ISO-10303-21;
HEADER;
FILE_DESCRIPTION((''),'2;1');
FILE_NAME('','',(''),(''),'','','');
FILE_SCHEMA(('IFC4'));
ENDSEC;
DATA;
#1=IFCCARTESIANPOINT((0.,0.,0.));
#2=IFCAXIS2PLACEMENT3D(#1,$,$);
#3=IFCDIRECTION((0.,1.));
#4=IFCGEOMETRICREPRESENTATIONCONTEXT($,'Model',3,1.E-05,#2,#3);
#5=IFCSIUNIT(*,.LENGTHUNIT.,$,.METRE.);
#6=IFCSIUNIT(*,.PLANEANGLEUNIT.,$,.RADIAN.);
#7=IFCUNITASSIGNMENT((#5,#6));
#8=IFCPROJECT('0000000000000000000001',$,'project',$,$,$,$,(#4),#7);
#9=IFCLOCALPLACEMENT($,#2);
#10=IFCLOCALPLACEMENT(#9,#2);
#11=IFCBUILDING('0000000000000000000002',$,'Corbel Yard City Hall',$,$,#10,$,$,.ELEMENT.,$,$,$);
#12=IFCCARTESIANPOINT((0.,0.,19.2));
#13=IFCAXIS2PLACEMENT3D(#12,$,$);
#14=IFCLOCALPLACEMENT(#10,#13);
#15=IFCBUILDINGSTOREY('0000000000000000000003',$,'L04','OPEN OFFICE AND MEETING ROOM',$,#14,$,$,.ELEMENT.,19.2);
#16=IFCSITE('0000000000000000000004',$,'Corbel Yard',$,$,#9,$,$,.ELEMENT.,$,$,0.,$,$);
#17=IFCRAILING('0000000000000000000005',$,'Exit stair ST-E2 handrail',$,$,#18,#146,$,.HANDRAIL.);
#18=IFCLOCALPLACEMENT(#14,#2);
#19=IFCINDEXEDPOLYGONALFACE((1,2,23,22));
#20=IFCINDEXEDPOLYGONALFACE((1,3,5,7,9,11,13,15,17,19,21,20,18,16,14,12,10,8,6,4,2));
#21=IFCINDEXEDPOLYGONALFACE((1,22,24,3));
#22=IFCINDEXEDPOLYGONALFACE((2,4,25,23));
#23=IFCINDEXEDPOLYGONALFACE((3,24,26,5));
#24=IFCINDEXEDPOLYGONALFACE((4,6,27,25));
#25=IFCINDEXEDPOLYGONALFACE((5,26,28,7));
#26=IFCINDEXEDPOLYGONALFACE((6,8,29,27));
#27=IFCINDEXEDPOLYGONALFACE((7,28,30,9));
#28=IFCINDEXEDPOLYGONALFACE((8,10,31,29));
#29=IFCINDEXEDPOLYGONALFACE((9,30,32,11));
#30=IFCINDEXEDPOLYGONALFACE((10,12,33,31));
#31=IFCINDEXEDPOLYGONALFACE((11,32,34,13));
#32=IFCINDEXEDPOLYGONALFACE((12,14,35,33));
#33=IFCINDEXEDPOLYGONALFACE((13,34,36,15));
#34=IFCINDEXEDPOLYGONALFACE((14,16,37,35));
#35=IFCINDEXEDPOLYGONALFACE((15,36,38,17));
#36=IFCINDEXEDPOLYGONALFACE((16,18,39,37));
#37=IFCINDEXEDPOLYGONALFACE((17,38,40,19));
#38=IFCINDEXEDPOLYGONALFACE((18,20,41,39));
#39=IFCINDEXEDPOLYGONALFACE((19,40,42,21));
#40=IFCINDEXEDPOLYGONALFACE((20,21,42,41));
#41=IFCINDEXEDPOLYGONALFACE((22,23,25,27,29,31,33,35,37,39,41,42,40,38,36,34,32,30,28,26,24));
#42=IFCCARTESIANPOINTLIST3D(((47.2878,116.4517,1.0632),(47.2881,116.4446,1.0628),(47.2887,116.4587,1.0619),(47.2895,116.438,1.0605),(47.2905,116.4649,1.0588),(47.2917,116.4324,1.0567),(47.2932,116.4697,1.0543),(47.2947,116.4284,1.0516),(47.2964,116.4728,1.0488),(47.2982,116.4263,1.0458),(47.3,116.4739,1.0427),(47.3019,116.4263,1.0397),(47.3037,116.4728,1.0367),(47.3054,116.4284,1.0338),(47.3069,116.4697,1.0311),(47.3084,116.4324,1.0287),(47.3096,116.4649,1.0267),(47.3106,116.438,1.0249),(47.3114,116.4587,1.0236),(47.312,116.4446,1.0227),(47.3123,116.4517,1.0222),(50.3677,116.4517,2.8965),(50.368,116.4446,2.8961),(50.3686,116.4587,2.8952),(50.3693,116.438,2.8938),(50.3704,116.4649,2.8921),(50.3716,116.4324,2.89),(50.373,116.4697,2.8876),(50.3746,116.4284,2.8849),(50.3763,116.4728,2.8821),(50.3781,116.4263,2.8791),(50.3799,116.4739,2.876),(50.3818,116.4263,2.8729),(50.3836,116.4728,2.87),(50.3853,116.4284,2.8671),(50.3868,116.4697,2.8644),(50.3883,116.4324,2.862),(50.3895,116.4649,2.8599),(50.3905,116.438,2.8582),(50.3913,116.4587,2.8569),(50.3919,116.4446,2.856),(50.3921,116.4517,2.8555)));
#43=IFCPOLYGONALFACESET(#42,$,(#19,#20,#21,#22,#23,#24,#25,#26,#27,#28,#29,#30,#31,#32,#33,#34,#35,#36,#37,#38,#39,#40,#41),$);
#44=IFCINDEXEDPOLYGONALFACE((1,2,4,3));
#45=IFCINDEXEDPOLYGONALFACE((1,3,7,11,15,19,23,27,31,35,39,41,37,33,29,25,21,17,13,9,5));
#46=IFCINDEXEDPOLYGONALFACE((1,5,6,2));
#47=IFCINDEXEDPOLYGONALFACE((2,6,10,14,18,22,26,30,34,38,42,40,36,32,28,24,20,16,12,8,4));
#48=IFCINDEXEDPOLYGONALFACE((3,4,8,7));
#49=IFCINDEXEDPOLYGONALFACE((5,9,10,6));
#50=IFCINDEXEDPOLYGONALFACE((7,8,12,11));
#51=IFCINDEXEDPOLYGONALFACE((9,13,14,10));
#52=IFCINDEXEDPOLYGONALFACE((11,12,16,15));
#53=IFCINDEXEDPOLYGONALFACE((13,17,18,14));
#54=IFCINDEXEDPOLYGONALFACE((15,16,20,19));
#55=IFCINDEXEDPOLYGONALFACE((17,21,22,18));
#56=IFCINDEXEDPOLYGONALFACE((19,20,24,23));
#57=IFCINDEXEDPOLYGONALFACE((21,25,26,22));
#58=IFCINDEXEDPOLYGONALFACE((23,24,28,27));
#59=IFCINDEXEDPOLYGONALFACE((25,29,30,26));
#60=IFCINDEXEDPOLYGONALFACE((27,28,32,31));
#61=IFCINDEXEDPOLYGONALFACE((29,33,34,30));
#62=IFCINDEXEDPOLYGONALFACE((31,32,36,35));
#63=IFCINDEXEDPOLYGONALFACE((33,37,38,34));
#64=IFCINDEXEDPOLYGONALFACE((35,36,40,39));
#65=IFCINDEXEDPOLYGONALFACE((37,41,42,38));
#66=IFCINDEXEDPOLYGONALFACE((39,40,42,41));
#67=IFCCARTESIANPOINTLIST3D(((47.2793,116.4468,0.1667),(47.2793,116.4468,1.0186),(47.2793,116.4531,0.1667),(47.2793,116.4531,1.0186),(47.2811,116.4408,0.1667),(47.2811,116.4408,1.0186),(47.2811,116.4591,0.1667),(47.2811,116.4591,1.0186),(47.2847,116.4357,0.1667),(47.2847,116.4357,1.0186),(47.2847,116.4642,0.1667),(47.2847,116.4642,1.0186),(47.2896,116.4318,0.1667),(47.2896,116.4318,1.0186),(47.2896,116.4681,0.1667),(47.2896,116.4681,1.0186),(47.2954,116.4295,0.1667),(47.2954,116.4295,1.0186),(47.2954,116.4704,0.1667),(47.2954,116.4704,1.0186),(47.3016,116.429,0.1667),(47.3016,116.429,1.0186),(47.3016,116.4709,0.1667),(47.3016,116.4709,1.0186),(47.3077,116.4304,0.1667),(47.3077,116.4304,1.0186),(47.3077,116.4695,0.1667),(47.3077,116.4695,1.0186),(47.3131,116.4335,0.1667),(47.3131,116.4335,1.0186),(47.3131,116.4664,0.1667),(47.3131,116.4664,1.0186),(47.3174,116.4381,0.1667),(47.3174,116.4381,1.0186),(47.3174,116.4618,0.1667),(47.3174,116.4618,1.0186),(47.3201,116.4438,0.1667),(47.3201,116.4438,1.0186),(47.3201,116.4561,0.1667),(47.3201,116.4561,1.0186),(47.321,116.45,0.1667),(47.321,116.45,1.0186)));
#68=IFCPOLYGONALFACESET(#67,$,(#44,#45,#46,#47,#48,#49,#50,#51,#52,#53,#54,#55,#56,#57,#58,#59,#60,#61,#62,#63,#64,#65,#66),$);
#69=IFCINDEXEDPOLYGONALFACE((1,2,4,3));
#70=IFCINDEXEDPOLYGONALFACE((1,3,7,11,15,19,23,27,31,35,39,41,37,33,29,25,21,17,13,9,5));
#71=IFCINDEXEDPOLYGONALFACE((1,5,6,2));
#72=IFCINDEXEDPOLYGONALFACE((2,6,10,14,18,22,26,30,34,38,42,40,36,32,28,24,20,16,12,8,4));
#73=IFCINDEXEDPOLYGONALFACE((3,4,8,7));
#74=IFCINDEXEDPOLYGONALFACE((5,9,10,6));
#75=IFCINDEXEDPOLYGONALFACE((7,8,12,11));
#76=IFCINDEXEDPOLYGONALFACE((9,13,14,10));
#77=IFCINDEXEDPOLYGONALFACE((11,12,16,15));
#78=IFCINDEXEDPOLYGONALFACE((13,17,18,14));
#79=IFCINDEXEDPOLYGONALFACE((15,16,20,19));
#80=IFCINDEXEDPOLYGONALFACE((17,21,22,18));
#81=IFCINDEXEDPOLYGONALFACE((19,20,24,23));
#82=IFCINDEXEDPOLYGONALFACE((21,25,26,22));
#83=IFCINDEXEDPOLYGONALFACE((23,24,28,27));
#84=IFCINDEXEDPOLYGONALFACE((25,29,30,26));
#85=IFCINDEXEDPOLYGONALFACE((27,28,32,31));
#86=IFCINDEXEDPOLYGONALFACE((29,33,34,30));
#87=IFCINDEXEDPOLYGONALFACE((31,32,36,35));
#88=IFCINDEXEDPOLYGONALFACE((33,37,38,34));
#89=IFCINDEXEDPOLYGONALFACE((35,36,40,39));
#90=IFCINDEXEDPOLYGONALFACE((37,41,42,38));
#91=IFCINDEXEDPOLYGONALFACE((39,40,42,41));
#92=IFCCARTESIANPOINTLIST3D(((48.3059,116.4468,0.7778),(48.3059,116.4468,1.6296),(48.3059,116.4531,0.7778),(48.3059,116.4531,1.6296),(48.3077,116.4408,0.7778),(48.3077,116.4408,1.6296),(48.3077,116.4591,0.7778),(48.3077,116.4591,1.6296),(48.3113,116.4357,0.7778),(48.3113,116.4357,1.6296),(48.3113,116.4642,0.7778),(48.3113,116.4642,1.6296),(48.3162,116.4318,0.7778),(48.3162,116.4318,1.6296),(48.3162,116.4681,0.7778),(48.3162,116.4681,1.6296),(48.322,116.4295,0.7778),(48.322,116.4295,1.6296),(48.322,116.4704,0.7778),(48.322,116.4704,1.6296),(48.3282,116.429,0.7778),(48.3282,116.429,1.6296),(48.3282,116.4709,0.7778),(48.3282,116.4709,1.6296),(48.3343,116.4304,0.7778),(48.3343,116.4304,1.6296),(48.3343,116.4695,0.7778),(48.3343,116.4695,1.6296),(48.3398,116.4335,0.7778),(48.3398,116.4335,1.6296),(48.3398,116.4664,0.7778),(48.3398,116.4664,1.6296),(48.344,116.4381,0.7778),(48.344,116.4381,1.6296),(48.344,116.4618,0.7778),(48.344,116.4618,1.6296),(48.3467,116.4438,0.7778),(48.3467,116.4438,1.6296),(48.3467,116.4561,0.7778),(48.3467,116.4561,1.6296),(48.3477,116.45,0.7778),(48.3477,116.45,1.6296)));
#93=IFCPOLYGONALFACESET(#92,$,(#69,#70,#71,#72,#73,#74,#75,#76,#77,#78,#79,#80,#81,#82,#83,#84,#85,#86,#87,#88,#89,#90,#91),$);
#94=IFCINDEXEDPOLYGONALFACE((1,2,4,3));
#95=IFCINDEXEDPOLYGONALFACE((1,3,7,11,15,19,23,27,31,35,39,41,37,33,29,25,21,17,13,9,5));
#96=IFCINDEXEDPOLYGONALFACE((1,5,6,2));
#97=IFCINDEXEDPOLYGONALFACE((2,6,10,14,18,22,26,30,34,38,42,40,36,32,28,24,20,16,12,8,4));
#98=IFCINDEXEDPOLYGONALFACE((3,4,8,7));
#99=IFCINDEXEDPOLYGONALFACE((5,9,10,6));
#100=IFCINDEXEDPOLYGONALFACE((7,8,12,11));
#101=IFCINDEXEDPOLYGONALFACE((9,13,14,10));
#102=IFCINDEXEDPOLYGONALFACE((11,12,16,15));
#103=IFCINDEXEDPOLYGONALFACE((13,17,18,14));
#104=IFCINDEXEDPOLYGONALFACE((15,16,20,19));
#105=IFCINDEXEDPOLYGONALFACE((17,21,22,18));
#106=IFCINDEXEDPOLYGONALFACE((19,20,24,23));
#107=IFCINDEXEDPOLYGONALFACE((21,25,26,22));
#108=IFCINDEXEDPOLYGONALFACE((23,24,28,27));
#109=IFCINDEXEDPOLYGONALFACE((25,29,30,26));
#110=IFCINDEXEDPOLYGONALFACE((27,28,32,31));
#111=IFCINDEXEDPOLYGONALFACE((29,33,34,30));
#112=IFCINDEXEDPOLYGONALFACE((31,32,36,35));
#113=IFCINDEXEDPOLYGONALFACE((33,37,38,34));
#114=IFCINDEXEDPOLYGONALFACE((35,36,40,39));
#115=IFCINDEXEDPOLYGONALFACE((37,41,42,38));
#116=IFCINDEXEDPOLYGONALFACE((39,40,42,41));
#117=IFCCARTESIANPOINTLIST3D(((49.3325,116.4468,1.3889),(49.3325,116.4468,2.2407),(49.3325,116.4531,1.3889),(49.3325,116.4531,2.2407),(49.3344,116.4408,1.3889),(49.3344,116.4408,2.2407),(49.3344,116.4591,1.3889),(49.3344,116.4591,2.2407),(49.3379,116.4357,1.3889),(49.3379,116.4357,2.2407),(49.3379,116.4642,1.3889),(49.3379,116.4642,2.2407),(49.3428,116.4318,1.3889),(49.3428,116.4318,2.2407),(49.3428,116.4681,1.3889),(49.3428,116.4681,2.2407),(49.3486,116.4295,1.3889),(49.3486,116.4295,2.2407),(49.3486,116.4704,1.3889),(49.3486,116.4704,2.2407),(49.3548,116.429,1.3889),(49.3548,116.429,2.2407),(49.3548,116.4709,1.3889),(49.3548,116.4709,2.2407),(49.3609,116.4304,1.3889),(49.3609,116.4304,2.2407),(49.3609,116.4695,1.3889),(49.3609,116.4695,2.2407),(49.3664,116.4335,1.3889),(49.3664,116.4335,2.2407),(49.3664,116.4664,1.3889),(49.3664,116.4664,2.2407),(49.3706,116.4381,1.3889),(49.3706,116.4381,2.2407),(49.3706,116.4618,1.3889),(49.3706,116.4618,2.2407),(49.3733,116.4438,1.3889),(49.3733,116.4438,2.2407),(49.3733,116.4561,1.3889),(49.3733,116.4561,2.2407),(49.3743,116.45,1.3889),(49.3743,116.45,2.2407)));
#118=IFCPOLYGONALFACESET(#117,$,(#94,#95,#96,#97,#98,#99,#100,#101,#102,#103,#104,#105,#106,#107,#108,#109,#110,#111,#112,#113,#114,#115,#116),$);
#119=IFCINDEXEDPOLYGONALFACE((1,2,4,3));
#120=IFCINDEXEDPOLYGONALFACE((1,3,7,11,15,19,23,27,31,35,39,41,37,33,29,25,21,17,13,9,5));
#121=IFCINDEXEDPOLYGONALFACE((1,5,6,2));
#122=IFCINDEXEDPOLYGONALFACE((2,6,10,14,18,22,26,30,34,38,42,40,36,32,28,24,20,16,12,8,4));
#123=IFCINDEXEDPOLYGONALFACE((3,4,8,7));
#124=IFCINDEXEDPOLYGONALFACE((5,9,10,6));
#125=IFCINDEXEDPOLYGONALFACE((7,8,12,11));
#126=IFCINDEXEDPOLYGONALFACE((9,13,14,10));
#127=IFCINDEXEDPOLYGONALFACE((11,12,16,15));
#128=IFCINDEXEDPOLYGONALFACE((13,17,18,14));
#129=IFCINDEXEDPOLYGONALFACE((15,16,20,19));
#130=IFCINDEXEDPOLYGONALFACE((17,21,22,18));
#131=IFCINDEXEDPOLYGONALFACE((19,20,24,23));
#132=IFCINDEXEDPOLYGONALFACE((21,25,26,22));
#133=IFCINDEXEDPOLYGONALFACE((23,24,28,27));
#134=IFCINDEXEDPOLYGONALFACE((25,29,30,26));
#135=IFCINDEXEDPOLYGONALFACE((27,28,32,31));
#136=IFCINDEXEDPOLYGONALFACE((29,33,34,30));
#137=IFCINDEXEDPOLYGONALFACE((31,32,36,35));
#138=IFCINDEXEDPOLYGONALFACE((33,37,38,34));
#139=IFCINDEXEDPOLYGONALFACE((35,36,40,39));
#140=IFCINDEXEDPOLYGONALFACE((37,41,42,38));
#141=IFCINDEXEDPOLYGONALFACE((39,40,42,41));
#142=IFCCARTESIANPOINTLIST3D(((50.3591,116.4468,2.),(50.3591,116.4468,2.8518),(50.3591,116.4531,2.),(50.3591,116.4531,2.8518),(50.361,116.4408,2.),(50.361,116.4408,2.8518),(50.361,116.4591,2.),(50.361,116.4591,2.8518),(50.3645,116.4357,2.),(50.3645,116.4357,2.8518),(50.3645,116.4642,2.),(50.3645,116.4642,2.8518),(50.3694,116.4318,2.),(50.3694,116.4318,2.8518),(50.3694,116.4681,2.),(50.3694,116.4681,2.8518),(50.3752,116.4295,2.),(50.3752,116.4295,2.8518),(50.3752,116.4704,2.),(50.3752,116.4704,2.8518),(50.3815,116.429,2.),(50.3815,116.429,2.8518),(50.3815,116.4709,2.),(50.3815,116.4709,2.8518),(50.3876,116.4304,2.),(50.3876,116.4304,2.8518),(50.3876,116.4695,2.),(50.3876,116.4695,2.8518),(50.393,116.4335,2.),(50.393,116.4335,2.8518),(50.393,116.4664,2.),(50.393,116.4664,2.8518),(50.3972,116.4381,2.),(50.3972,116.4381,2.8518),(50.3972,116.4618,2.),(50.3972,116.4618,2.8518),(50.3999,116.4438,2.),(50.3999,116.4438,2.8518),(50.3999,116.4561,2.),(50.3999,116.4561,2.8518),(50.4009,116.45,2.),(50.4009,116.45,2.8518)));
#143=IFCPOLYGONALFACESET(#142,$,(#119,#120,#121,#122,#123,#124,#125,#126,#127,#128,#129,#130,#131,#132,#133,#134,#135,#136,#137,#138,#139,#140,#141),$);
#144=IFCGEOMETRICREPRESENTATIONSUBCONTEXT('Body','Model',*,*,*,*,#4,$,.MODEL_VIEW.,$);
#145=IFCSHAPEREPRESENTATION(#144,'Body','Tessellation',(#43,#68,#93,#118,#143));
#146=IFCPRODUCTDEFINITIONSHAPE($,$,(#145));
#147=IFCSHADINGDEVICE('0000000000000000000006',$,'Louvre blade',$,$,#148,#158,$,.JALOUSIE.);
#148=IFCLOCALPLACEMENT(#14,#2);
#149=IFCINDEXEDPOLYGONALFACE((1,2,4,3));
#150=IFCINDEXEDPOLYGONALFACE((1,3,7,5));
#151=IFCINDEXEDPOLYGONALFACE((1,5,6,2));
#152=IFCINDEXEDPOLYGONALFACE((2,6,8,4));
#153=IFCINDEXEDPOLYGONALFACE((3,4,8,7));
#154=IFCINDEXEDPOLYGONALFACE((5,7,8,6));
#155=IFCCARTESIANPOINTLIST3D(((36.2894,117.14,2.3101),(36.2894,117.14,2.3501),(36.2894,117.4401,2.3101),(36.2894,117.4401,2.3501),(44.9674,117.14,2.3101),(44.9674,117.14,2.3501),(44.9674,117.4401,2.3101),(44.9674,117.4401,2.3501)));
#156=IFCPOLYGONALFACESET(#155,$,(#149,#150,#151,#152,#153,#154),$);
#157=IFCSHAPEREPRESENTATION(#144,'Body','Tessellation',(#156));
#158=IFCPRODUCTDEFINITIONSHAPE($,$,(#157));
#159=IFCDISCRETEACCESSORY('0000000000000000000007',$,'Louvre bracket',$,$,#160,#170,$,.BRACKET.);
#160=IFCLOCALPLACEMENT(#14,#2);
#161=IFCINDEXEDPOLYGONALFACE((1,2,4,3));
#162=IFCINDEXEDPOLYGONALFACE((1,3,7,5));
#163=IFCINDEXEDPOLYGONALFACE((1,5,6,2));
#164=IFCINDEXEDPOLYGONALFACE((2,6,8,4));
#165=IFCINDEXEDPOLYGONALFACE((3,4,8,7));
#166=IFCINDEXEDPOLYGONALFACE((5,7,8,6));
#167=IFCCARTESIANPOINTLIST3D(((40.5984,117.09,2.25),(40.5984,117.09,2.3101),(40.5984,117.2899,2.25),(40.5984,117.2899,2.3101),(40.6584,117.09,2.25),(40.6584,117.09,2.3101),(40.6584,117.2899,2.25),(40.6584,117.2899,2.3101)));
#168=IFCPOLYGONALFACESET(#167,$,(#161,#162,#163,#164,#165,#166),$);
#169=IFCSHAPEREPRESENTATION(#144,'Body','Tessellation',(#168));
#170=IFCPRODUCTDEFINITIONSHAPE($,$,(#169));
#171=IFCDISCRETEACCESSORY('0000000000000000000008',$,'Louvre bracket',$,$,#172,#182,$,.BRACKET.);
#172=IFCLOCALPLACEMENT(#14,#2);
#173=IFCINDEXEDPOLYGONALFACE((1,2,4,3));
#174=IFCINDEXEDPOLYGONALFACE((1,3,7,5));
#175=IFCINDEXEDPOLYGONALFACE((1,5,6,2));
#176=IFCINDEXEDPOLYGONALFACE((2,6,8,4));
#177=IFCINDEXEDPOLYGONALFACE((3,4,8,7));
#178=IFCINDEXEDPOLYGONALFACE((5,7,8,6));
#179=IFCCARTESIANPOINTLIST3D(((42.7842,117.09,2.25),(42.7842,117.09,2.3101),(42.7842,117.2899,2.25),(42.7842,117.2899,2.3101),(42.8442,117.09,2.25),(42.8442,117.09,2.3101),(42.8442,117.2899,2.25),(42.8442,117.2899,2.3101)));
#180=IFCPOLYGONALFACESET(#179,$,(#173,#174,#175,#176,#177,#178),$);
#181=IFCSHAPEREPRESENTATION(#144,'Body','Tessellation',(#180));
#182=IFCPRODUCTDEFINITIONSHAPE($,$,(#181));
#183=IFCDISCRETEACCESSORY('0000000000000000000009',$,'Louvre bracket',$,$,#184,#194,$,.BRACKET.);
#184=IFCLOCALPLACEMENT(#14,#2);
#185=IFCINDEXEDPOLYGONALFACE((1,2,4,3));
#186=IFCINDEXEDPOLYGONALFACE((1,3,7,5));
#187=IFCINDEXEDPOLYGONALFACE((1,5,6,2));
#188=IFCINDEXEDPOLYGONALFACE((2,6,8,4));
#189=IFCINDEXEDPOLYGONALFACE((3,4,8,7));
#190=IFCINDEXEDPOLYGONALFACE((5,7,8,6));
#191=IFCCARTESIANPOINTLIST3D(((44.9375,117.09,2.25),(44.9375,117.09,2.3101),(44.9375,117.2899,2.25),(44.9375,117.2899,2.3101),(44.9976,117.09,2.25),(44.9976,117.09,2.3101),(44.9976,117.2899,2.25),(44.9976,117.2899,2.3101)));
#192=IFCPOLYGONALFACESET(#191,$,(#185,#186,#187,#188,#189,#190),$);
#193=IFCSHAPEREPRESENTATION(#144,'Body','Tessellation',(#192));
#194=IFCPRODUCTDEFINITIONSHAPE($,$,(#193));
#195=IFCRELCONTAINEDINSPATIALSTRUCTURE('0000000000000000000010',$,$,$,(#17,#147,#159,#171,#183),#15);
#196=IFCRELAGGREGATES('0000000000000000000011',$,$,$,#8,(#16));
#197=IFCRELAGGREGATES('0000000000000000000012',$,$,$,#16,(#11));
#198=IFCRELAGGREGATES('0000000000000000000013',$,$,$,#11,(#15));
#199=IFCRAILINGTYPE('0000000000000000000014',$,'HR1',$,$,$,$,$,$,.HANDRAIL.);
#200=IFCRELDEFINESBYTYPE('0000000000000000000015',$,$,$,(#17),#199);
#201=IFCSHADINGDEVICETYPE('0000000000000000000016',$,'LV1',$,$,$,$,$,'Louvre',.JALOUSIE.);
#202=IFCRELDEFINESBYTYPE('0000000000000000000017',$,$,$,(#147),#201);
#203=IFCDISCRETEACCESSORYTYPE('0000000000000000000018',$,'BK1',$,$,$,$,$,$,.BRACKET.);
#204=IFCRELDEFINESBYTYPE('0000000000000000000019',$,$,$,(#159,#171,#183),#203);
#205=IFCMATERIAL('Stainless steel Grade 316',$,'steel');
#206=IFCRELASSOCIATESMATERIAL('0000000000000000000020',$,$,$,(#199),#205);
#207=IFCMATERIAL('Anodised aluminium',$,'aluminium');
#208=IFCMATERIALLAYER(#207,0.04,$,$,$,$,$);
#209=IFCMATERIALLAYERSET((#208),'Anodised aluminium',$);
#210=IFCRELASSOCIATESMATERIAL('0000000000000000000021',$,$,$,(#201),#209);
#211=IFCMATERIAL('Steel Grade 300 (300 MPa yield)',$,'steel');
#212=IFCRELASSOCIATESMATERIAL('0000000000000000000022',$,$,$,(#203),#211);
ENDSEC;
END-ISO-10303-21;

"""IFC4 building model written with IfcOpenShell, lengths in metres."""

from ifc_helpers import new_model, si_unit, direction, frame, origin, origin_2d, place, context, subcontext, project, spatial, rectangle, circle, extrude, material, layer, layer_set, type_object, element, save


model = new_model("IFC4")

# Units and contexts
model_context = context("Model", 3, precision=1e-05, world=origin(), true_north=direction((0.0, 1.0)))
body_context = subcontext(model_context, "Body", "Model", "MODEL_VIEW")
ifc_project = project(units=[si_unit("LENGTHUNIT", "METRE"), si_unit("PLANEANGLEUNIT", "RADIAN")], contexts=[model_context])

# Site, building, storey
site_placement = place(None, origin())
site = spatial("IfcSite", under=ifc_project, at=site_placement, Name="Corbel Yard", CompositionType="ELEMENT", RefElevation=0.0)
building_placement = place(site_placement, origin())
building = spatial("IfcBuilding", under=site, at=building_placement, Name="Corbel Yard City Hall", CompositionType="ELEMENT")
storey_placement = place(building_placement, frame((0.0, 0.0, 19.2)))
storey = spatial("IfcBuildingStorey", under=building, at=storey_placement, Name="L04", Description="OPEN OFFICE AND MEETING ROOM", CompositionType="ELEMENT", Elevation=19.2)

# Railing
ifc_material_1 = material(Name="Stainless steel Grade 316", Category="steel")
railing_type = type_object("IfcRailingType", Name="HR1", PredefinedType="HANDRAIL", material=ifc_material_1)
railing_placement = place(storey_placement, frame((47.3, 116.45, 0.1667)))
element("IfcRailing", 1, at=railing_placement, inside=storey, type_object=railing_type, Name="Exit stair ST-E2 handrail", PredefinedType="HANDRAIL", context=body_context, shape_type="SweptSolid", body=[
    extrude(circle(Radius=0.0239, at=origin_2d()), frame((0.0, 0.0, 0.876), z_axis=(0.859291, 0.0, 0.511487), x_axis=(0.0, 1.0, 0.0)), (0.0, 0.0, 1.0), 3.5842),
    extrude(circle(Radius=0.021, at=origin_2d()), origin(), (0.0, 0.0, 1.0), 0.8518),
    extrude(circle(Radius=0.021, at=origin_2d()), frame((1.0266, 0.0, 0.6111)), (0.0, 0.0, 1.0), 0.8518),
    extrude(circle(Radius=0.021, at=origin_2d()), frame((2.0532, 0.0, 1.2222)), (0.0, 0.0, 1.0), 0.8518),
    extrude(circle(Radius=0.021, at=origin_2d()), frame((3.0798, 0.0, 1.8333)), (0.0, 0.0, 1.0), 0.8518),
])

# Shading device
ifc_material_2 = material(Name="Anodised aluminium", Category="aluminium")
ifc_layer_1 = layer(ifc_material_2, 0.04)
ifc_layer_set_1 = layer_set([ifc_layer_1], Name="Anodised aluminium")
shading_device_type = type_object("IfcShadingDeviceType", Name="LV1", ElementType="Louvre", PredefinedType="JALOUSIE", material=ifc_layer_set_1)
shading_device_placement = place(storey_placement, frame((40.6284, 117.29, 2.3101), z_axis=(0.0, 0.0, 1.0), x_axis=(1.0, 0.0, 0.0)))
element("IfcShadingDevice", 2, at=shading_device_placement, inside=storey, type_object=shading_device_type, Name="Louvre blade", PredefinedType="JALOUSIE", context=body_context, shape_type="SweptSolid", body=[
    extrude(rectangle(XDim=8.678, YDim=0.3, at=origin_2d()), origin(), (0.0, 0.0, 1.0), 0.04),
])

# Discrete accessories
ifc_material_3 = material(Name="Steel Grade 300 (300 MPa yield)", Category="steel")
discrete_accessory_type = type_object("IfcDiscreteAccessoryType", Name="BK1", PredefinedType="BRACKET", material=ifc_material_3)
for number, where, z_axis, x_axis, name in (
    (3, (40.6284, 117.1899, 2.25), (0.0, 0.0, 1.0), (1.0, 0.0, 0.0), "Louvre bracket"),
    (4, (42.8142, 117.1899, 2.25), (0.0, 0.0, 1.0), (1.0, 0.0, 0.0), "Louvre bracket"),
    (5, (44.9675, 117.1899, 2.25), (0.0, 0.0, 1.0), (1.0, 0.0, 0.0), "Louvre bracket"),
):
    element("IfcDiscreteAccessory", number, at=place(storey_placement, frame(where, z_axis=z_axis, x_axis=x_axis)), inside=storey, type_object=discrete_accessory_type, Name=name, PredefinedType="BRACKET", context=body_context, shape_type="SweptSolid", body=[
        extrude(rectangle(XDim=0.0601, YDim=0.2, at=origin_2d()), origin(), (0.0, 0.0, 1.0), 0.0601),
    ])

save(model, "model.ifc")
